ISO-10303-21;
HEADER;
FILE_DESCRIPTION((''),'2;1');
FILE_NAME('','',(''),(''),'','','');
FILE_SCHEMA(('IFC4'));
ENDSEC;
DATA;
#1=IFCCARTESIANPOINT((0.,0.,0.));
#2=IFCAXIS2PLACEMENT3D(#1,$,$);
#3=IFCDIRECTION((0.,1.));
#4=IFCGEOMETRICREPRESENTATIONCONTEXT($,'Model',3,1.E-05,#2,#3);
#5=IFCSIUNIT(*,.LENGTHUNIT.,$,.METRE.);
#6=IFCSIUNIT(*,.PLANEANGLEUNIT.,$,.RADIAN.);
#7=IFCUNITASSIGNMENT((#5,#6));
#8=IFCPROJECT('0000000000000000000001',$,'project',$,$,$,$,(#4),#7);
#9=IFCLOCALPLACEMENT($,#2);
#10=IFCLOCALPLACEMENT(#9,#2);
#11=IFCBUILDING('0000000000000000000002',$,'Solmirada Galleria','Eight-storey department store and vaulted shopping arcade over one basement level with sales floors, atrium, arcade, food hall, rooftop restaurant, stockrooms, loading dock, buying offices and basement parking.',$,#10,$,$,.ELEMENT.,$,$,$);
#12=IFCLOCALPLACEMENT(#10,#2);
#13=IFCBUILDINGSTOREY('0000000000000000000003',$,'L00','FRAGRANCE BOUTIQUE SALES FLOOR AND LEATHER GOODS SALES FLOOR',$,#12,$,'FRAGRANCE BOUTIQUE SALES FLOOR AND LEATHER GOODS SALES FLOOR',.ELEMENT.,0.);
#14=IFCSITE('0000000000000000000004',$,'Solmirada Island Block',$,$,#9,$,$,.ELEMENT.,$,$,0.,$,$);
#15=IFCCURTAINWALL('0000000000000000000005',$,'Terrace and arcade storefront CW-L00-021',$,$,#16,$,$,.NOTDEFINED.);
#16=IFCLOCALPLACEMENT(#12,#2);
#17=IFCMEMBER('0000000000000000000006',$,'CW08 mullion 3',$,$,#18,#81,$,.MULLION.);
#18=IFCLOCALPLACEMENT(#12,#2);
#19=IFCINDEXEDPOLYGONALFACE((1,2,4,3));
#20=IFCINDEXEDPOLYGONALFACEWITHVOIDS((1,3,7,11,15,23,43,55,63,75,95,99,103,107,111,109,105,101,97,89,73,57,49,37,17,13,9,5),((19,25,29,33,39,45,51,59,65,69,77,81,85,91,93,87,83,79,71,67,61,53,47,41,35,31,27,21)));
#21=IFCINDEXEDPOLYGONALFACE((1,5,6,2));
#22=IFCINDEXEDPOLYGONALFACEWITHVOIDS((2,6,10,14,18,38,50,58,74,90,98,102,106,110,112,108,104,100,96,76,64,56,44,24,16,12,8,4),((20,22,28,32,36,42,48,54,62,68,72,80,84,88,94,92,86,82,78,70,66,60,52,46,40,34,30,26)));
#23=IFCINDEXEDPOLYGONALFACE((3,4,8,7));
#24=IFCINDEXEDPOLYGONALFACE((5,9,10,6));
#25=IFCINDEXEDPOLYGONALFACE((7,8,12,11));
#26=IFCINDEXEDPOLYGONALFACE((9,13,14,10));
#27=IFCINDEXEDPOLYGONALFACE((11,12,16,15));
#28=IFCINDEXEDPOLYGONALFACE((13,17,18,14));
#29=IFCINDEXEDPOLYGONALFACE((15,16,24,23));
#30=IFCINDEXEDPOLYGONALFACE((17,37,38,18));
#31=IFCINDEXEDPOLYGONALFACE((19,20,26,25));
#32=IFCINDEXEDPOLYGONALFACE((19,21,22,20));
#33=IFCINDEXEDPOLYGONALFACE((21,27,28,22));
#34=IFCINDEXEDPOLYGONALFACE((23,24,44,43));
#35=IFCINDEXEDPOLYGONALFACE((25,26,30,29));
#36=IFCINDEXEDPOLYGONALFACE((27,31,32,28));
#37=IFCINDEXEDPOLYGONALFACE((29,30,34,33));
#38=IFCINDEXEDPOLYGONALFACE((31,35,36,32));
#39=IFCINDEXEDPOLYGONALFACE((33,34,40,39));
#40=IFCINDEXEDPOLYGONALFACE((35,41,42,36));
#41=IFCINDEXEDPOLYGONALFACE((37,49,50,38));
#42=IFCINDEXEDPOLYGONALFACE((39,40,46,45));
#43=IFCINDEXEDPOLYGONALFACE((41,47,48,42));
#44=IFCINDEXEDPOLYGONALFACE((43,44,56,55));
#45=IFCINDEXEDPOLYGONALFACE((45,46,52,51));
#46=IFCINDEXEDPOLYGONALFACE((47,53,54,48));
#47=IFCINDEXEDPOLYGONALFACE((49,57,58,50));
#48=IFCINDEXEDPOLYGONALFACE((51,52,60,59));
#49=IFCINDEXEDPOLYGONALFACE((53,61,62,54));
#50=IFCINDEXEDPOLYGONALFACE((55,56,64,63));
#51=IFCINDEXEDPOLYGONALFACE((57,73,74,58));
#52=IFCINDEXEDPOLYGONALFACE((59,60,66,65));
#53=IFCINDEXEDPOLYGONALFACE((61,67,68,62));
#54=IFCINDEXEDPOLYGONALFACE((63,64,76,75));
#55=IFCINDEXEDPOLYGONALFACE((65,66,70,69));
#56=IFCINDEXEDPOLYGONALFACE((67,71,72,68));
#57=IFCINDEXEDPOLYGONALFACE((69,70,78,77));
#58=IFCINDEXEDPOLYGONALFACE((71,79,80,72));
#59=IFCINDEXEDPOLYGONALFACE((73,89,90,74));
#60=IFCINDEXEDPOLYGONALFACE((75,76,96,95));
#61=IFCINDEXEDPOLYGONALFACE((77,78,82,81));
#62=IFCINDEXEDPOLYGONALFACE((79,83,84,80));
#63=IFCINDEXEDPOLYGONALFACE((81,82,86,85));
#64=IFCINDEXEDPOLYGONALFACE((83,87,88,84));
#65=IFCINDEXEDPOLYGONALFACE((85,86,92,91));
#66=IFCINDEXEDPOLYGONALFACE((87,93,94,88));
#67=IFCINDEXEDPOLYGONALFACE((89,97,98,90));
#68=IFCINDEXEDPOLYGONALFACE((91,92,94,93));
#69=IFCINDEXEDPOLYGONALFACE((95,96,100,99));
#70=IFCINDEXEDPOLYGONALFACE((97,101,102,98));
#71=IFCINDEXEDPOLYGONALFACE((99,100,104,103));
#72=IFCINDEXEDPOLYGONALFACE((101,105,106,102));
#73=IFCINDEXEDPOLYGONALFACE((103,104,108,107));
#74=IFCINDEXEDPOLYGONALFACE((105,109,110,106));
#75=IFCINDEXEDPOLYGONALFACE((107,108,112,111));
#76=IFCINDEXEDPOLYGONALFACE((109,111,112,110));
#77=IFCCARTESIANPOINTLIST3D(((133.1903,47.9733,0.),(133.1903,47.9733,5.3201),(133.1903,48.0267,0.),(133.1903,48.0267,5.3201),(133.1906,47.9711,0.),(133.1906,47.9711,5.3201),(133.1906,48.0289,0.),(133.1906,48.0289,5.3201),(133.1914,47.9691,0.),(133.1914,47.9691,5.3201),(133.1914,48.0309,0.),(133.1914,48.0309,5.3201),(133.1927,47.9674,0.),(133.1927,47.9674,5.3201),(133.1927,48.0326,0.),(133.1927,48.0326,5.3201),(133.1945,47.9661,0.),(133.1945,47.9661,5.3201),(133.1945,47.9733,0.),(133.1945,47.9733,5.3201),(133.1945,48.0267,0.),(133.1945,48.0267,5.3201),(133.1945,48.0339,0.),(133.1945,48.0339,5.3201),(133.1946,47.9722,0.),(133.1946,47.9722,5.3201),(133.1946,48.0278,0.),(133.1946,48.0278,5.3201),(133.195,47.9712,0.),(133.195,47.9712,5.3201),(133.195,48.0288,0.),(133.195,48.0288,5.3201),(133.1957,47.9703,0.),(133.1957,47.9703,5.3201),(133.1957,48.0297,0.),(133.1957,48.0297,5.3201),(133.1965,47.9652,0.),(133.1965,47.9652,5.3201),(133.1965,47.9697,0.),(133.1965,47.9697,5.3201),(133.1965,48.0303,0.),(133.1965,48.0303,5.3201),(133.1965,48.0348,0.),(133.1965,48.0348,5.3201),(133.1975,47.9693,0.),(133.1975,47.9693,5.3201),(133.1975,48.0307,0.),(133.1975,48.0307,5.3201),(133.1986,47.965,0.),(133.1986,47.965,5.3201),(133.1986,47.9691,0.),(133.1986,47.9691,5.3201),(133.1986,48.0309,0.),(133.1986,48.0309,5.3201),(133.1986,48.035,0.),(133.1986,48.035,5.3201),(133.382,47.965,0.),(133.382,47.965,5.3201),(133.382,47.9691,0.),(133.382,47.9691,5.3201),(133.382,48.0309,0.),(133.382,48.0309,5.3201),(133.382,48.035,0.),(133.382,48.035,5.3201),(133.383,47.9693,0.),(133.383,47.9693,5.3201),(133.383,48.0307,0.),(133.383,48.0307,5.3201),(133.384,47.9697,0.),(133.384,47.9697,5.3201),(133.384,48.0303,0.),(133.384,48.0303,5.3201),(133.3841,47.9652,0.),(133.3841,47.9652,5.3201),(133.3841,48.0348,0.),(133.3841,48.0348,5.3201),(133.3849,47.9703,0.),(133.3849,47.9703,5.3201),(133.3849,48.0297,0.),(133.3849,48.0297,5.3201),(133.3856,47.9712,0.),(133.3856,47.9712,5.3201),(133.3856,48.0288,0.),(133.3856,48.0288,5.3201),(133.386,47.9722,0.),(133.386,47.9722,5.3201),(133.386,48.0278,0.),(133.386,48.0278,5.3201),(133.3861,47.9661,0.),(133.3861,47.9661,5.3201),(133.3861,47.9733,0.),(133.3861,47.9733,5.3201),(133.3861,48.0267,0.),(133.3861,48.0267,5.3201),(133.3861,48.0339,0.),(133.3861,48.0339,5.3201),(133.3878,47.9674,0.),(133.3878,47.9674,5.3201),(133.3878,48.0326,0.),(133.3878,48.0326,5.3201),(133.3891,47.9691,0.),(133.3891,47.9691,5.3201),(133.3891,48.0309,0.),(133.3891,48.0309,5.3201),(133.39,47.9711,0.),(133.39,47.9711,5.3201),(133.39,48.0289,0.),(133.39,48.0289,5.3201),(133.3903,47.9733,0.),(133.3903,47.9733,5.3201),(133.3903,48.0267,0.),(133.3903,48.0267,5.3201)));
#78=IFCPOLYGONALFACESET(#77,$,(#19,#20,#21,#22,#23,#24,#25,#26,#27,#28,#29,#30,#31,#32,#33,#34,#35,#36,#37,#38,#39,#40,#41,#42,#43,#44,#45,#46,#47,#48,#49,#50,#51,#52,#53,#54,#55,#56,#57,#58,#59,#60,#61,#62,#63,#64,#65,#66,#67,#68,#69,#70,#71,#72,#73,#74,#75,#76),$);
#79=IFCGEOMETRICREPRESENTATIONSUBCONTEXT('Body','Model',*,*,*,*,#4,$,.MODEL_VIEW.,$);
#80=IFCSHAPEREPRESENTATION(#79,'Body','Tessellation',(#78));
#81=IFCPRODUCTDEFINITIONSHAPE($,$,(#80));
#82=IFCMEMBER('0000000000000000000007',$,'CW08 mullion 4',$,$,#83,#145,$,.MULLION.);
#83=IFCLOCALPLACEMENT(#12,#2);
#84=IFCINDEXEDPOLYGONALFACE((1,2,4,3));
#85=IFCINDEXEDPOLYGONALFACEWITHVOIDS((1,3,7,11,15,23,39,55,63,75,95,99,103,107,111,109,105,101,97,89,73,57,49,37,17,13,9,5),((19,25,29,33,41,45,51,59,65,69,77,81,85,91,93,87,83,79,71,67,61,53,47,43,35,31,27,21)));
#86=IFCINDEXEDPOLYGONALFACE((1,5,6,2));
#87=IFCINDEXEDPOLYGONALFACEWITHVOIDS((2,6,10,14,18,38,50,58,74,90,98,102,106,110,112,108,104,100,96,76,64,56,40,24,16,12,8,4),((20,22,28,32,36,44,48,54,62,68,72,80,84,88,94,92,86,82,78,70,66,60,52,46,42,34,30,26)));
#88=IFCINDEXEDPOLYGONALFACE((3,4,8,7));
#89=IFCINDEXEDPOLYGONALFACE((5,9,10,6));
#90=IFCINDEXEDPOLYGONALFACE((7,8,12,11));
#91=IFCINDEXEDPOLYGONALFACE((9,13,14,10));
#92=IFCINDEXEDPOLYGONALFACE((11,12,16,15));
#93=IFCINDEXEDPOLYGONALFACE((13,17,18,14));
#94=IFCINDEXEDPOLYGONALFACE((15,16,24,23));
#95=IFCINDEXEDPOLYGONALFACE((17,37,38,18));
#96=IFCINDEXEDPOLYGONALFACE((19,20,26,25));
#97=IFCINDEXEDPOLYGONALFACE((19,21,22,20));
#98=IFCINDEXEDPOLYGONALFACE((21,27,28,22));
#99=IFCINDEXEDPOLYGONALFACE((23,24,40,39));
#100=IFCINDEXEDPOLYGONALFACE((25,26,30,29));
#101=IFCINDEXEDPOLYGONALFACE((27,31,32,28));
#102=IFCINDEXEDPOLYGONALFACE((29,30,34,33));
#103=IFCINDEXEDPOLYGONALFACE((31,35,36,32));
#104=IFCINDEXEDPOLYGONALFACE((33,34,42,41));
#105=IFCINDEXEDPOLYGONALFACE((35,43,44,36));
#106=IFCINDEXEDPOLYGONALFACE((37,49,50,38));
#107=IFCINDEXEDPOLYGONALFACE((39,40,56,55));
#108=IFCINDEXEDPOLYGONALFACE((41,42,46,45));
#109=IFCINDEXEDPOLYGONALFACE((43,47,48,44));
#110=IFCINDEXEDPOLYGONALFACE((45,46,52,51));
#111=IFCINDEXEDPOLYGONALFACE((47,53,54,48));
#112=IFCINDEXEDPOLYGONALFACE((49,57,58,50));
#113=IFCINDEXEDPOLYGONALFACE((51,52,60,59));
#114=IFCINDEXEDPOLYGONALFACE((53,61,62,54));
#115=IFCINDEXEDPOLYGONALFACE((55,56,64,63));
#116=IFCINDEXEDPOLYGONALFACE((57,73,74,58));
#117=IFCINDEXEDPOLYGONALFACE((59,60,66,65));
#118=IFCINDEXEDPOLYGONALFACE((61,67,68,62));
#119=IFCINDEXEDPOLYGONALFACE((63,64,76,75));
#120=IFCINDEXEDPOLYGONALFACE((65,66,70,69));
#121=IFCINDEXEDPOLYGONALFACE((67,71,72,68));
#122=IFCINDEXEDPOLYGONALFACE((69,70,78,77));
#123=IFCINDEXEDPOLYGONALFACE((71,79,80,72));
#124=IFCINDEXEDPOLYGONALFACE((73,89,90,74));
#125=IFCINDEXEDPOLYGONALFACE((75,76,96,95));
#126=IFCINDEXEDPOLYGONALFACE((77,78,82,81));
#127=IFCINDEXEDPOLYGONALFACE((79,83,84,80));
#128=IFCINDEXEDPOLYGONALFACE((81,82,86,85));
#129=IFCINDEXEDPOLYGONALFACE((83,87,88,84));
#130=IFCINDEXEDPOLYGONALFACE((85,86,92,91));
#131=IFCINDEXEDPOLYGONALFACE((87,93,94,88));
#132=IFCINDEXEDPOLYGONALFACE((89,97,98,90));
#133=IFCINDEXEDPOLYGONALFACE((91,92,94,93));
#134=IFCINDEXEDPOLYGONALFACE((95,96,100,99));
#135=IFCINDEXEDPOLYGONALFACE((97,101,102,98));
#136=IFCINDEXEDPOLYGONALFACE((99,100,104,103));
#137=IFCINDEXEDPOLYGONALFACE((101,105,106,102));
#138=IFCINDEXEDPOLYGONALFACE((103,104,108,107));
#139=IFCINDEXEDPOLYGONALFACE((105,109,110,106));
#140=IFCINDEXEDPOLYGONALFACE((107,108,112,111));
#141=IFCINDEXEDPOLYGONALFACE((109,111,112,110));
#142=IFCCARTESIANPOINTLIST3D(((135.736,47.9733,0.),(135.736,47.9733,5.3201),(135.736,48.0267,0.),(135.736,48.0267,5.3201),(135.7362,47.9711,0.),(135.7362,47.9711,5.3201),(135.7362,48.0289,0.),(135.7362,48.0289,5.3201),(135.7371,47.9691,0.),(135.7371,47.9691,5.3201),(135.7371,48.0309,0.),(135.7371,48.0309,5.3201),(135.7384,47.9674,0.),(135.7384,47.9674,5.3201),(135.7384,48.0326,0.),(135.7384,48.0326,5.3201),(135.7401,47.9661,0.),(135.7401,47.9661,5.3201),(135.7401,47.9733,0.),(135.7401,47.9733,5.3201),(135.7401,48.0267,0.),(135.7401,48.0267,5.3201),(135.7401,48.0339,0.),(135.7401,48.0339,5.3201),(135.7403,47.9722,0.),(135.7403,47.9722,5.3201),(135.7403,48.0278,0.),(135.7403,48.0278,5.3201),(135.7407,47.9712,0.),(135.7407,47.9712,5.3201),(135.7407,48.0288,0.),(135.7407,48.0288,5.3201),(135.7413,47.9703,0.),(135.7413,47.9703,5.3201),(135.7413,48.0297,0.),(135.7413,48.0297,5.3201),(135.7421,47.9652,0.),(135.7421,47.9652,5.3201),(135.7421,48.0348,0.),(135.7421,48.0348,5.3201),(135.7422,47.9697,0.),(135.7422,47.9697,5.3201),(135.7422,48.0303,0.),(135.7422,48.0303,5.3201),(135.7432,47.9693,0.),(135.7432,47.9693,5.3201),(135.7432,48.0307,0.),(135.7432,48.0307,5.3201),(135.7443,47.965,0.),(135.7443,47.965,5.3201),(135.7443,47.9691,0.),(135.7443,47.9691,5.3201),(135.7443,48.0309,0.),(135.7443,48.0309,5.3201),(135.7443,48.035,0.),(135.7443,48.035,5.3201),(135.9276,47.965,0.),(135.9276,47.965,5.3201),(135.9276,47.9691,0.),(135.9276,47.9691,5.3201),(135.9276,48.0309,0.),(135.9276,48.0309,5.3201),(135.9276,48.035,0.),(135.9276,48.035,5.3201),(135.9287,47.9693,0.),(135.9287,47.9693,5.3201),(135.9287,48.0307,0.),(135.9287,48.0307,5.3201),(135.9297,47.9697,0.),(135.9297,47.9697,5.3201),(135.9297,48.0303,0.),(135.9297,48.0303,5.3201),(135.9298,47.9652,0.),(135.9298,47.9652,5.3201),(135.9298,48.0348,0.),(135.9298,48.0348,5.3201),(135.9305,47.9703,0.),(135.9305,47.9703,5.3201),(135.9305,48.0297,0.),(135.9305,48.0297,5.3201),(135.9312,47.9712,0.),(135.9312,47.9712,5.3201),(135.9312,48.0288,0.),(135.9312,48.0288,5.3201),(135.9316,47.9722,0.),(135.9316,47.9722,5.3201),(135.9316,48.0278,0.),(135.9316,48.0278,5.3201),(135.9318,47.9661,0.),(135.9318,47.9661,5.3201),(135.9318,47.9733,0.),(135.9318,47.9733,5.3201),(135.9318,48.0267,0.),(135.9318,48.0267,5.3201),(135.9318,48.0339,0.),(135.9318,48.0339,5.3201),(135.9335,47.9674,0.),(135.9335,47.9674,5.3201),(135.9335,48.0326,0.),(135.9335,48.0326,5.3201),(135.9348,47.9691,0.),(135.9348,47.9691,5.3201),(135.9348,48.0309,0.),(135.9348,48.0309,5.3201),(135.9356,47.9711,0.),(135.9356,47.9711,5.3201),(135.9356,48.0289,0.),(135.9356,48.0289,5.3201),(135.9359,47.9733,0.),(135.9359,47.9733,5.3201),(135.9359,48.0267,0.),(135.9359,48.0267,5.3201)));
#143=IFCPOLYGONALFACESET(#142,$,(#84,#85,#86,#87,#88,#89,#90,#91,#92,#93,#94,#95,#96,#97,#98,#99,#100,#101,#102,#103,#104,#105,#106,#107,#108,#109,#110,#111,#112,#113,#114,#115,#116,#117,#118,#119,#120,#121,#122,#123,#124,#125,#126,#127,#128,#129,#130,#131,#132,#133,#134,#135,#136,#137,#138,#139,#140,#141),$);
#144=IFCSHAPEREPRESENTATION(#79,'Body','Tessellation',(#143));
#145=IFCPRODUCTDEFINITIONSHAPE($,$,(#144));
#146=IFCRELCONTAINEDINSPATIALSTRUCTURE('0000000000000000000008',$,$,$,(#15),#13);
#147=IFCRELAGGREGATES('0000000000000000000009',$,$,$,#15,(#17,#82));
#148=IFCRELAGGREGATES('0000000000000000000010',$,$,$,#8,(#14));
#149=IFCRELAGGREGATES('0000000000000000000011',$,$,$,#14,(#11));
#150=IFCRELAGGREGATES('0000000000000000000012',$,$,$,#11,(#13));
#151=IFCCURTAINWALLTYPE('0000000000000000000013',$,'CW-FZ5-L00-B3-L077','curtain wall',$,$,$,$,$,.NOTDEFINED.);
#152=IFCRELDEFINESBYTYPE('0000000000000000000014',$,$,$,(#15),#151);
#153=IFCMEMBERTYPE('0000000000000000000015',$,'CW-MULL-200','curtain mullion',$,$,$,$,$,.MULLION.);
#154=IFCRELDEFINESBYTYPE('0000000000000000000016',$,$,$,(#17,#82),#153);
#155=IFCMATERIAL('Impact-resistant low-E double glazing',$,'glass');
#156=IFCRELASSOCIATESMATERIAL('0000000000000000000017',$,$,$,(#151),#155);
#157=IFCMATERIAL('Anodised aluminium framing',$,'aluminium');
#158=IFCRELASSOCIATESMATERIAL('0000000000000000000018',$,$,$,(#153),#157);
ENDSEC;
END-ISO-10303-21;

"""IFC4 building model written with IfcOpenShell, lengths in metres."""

from ifc_helpers import new_model, si_unit, direction, frame, origin, origin_2d, place, context, subcontext, project, spatial, hollow_rectangle, extrude, material, material_profile, profile_set, type_object, element, aggregate, save


model = new_model("IFC4")

# Units and contexts
model_context = context("Model", 3, precision=1e-05, world=origin(), true_north=direction((0.0, 1.0)))
body_context = subcontext(model_context, "Body", "Model", "MODEL_VIEW")
ifc_project = project(units=[si_unit("LENGTHUNIT", "METRE"), si_unit("PLANEANGLEUNIT", "RADIAN")], contexts=[model_context])

# Site, building, storey
site_placement = place(None, origin())
site = spatial("IfcSite", under=ifc_project, at=site_placement, Name="Solmirada Island Block", CompositionType="ELEMENT", RefElevation=0.0)
building_placement = place(site_placement, origin())
building = spatial("IfcBuilding", under=site, at=building_placement, Name="Solmirada Galleria", Description="Eight-storey department store and vaulted shopping arcade over one basement level with sales floors, atrium, arcade, food hall, rooftop restaurant, stockrooms, loading dock, buying offices and basement parking.", CompositionType="ELEMENT")
storey_placement = place(building_placement, origin())
storey = spatial("IfcBuildingStorey", under=building, at=storey_placement, Name="L00", Description="FRAGRANCE BOUTIQUE SALES FLOOR AND LEATHER GOODS SALES FLOOR", LongName="FRAGRANCE BOUTIQUE SALES FLOOR AND LEATHER GOODS SALES FLOOR", CompositionType="ELEMENT", Elevation=0.0)

# Curtain wall, members
ifc_material_1 = material(Name="Impact-resistant low-E double glazing", Category="glass")
curtain_wall_type = type_object("IfcCurtainWallType", Name="CW-FZ5-L00-B3-L077", Description="curtain wall", PredefinedType="NOTDEFINED", material=ifc_material_1)
curtain_wall_1_placement = place(storey_placement, origin())
curtain_wall_1 = element("IfcCurtainWall", 1, at=curtain_wall_1_placement, inside=storey, type_object=curtain_wall_type, Name="Terrace and arcade storefront CW-L00-021", PredefinedType="NOTDEFINED")
ifc_material_2 = material(Name="Anodised aluminium framing", Category="aluminium")
ifc_material_profile_1 = material_profile(ifc_material_2, hollow_rectangle(XDim=0.0701, YDim=0.2, WallThickness=0.0042, InnerFilletRadius=0.0042, OuterFilletRadius=0.0083, at=origin_2d()), Name="ALU-MULL-200X70")
ifc_profile_set_1 = profile_set([ifc_material_profile_1], Name="Anodised aluminium framing")
member_type_1 = type_object("IfcMemberType", Name="CW-MULL-200", Description="curtain mullion", PredefinedType="MULLION", material=ifc_profile_set_1)
member_1_placement = place(storey_placement, frame((133.2903, 48.0, 0.0), z_axis=(0.0, 0.0, 1.0), x_axis=(0.0, 1.0, 0.0)))
member_1 = element("IfcMember", 2, at=member_1_placement, type_object=member_type_1, Name="CW08 mullion 3", PredefinedType="MULLION", context=body_context, shape_type="SweptSolid", body=[
    extrude(hollow_rectangle(XDim=0.0701, YDim=0.2, WallThickness=0.0042, InnerFilletRadius=0.0042, OuterFilletRadius=0.0083, at=origin_2d()), origin(), (0.0, 0.0, 1.0), 5.3201),
])
member_2_placement = place(storey_placement, frame((135.8359, 48.0, 0.0), z_axis=(0.0, 0.0, 1.0), x_axis=(0.0, 1.0, 0.0)))
member_2 = element("IfcMember", 3, at=member_2_placement, type_object=member_type_1, Name="CW08 mullion 4", PredefinedType="MULLION", context=body_context, shape_type="SweptSolid", body=[
    extrude(hollow_rectangle(XDim=0.0701, YDim=0.2, WallThickness=0.0042, InnerFilletRadius=0.0042, OuterFilletRadius=0.0083, at=origin_2d()), origin(), (0.0, 0.0, 1.0), 5.3201),
])

aggregate(curtain_wall_1, [member_1, member_2])

save(model, "model.ifc")
